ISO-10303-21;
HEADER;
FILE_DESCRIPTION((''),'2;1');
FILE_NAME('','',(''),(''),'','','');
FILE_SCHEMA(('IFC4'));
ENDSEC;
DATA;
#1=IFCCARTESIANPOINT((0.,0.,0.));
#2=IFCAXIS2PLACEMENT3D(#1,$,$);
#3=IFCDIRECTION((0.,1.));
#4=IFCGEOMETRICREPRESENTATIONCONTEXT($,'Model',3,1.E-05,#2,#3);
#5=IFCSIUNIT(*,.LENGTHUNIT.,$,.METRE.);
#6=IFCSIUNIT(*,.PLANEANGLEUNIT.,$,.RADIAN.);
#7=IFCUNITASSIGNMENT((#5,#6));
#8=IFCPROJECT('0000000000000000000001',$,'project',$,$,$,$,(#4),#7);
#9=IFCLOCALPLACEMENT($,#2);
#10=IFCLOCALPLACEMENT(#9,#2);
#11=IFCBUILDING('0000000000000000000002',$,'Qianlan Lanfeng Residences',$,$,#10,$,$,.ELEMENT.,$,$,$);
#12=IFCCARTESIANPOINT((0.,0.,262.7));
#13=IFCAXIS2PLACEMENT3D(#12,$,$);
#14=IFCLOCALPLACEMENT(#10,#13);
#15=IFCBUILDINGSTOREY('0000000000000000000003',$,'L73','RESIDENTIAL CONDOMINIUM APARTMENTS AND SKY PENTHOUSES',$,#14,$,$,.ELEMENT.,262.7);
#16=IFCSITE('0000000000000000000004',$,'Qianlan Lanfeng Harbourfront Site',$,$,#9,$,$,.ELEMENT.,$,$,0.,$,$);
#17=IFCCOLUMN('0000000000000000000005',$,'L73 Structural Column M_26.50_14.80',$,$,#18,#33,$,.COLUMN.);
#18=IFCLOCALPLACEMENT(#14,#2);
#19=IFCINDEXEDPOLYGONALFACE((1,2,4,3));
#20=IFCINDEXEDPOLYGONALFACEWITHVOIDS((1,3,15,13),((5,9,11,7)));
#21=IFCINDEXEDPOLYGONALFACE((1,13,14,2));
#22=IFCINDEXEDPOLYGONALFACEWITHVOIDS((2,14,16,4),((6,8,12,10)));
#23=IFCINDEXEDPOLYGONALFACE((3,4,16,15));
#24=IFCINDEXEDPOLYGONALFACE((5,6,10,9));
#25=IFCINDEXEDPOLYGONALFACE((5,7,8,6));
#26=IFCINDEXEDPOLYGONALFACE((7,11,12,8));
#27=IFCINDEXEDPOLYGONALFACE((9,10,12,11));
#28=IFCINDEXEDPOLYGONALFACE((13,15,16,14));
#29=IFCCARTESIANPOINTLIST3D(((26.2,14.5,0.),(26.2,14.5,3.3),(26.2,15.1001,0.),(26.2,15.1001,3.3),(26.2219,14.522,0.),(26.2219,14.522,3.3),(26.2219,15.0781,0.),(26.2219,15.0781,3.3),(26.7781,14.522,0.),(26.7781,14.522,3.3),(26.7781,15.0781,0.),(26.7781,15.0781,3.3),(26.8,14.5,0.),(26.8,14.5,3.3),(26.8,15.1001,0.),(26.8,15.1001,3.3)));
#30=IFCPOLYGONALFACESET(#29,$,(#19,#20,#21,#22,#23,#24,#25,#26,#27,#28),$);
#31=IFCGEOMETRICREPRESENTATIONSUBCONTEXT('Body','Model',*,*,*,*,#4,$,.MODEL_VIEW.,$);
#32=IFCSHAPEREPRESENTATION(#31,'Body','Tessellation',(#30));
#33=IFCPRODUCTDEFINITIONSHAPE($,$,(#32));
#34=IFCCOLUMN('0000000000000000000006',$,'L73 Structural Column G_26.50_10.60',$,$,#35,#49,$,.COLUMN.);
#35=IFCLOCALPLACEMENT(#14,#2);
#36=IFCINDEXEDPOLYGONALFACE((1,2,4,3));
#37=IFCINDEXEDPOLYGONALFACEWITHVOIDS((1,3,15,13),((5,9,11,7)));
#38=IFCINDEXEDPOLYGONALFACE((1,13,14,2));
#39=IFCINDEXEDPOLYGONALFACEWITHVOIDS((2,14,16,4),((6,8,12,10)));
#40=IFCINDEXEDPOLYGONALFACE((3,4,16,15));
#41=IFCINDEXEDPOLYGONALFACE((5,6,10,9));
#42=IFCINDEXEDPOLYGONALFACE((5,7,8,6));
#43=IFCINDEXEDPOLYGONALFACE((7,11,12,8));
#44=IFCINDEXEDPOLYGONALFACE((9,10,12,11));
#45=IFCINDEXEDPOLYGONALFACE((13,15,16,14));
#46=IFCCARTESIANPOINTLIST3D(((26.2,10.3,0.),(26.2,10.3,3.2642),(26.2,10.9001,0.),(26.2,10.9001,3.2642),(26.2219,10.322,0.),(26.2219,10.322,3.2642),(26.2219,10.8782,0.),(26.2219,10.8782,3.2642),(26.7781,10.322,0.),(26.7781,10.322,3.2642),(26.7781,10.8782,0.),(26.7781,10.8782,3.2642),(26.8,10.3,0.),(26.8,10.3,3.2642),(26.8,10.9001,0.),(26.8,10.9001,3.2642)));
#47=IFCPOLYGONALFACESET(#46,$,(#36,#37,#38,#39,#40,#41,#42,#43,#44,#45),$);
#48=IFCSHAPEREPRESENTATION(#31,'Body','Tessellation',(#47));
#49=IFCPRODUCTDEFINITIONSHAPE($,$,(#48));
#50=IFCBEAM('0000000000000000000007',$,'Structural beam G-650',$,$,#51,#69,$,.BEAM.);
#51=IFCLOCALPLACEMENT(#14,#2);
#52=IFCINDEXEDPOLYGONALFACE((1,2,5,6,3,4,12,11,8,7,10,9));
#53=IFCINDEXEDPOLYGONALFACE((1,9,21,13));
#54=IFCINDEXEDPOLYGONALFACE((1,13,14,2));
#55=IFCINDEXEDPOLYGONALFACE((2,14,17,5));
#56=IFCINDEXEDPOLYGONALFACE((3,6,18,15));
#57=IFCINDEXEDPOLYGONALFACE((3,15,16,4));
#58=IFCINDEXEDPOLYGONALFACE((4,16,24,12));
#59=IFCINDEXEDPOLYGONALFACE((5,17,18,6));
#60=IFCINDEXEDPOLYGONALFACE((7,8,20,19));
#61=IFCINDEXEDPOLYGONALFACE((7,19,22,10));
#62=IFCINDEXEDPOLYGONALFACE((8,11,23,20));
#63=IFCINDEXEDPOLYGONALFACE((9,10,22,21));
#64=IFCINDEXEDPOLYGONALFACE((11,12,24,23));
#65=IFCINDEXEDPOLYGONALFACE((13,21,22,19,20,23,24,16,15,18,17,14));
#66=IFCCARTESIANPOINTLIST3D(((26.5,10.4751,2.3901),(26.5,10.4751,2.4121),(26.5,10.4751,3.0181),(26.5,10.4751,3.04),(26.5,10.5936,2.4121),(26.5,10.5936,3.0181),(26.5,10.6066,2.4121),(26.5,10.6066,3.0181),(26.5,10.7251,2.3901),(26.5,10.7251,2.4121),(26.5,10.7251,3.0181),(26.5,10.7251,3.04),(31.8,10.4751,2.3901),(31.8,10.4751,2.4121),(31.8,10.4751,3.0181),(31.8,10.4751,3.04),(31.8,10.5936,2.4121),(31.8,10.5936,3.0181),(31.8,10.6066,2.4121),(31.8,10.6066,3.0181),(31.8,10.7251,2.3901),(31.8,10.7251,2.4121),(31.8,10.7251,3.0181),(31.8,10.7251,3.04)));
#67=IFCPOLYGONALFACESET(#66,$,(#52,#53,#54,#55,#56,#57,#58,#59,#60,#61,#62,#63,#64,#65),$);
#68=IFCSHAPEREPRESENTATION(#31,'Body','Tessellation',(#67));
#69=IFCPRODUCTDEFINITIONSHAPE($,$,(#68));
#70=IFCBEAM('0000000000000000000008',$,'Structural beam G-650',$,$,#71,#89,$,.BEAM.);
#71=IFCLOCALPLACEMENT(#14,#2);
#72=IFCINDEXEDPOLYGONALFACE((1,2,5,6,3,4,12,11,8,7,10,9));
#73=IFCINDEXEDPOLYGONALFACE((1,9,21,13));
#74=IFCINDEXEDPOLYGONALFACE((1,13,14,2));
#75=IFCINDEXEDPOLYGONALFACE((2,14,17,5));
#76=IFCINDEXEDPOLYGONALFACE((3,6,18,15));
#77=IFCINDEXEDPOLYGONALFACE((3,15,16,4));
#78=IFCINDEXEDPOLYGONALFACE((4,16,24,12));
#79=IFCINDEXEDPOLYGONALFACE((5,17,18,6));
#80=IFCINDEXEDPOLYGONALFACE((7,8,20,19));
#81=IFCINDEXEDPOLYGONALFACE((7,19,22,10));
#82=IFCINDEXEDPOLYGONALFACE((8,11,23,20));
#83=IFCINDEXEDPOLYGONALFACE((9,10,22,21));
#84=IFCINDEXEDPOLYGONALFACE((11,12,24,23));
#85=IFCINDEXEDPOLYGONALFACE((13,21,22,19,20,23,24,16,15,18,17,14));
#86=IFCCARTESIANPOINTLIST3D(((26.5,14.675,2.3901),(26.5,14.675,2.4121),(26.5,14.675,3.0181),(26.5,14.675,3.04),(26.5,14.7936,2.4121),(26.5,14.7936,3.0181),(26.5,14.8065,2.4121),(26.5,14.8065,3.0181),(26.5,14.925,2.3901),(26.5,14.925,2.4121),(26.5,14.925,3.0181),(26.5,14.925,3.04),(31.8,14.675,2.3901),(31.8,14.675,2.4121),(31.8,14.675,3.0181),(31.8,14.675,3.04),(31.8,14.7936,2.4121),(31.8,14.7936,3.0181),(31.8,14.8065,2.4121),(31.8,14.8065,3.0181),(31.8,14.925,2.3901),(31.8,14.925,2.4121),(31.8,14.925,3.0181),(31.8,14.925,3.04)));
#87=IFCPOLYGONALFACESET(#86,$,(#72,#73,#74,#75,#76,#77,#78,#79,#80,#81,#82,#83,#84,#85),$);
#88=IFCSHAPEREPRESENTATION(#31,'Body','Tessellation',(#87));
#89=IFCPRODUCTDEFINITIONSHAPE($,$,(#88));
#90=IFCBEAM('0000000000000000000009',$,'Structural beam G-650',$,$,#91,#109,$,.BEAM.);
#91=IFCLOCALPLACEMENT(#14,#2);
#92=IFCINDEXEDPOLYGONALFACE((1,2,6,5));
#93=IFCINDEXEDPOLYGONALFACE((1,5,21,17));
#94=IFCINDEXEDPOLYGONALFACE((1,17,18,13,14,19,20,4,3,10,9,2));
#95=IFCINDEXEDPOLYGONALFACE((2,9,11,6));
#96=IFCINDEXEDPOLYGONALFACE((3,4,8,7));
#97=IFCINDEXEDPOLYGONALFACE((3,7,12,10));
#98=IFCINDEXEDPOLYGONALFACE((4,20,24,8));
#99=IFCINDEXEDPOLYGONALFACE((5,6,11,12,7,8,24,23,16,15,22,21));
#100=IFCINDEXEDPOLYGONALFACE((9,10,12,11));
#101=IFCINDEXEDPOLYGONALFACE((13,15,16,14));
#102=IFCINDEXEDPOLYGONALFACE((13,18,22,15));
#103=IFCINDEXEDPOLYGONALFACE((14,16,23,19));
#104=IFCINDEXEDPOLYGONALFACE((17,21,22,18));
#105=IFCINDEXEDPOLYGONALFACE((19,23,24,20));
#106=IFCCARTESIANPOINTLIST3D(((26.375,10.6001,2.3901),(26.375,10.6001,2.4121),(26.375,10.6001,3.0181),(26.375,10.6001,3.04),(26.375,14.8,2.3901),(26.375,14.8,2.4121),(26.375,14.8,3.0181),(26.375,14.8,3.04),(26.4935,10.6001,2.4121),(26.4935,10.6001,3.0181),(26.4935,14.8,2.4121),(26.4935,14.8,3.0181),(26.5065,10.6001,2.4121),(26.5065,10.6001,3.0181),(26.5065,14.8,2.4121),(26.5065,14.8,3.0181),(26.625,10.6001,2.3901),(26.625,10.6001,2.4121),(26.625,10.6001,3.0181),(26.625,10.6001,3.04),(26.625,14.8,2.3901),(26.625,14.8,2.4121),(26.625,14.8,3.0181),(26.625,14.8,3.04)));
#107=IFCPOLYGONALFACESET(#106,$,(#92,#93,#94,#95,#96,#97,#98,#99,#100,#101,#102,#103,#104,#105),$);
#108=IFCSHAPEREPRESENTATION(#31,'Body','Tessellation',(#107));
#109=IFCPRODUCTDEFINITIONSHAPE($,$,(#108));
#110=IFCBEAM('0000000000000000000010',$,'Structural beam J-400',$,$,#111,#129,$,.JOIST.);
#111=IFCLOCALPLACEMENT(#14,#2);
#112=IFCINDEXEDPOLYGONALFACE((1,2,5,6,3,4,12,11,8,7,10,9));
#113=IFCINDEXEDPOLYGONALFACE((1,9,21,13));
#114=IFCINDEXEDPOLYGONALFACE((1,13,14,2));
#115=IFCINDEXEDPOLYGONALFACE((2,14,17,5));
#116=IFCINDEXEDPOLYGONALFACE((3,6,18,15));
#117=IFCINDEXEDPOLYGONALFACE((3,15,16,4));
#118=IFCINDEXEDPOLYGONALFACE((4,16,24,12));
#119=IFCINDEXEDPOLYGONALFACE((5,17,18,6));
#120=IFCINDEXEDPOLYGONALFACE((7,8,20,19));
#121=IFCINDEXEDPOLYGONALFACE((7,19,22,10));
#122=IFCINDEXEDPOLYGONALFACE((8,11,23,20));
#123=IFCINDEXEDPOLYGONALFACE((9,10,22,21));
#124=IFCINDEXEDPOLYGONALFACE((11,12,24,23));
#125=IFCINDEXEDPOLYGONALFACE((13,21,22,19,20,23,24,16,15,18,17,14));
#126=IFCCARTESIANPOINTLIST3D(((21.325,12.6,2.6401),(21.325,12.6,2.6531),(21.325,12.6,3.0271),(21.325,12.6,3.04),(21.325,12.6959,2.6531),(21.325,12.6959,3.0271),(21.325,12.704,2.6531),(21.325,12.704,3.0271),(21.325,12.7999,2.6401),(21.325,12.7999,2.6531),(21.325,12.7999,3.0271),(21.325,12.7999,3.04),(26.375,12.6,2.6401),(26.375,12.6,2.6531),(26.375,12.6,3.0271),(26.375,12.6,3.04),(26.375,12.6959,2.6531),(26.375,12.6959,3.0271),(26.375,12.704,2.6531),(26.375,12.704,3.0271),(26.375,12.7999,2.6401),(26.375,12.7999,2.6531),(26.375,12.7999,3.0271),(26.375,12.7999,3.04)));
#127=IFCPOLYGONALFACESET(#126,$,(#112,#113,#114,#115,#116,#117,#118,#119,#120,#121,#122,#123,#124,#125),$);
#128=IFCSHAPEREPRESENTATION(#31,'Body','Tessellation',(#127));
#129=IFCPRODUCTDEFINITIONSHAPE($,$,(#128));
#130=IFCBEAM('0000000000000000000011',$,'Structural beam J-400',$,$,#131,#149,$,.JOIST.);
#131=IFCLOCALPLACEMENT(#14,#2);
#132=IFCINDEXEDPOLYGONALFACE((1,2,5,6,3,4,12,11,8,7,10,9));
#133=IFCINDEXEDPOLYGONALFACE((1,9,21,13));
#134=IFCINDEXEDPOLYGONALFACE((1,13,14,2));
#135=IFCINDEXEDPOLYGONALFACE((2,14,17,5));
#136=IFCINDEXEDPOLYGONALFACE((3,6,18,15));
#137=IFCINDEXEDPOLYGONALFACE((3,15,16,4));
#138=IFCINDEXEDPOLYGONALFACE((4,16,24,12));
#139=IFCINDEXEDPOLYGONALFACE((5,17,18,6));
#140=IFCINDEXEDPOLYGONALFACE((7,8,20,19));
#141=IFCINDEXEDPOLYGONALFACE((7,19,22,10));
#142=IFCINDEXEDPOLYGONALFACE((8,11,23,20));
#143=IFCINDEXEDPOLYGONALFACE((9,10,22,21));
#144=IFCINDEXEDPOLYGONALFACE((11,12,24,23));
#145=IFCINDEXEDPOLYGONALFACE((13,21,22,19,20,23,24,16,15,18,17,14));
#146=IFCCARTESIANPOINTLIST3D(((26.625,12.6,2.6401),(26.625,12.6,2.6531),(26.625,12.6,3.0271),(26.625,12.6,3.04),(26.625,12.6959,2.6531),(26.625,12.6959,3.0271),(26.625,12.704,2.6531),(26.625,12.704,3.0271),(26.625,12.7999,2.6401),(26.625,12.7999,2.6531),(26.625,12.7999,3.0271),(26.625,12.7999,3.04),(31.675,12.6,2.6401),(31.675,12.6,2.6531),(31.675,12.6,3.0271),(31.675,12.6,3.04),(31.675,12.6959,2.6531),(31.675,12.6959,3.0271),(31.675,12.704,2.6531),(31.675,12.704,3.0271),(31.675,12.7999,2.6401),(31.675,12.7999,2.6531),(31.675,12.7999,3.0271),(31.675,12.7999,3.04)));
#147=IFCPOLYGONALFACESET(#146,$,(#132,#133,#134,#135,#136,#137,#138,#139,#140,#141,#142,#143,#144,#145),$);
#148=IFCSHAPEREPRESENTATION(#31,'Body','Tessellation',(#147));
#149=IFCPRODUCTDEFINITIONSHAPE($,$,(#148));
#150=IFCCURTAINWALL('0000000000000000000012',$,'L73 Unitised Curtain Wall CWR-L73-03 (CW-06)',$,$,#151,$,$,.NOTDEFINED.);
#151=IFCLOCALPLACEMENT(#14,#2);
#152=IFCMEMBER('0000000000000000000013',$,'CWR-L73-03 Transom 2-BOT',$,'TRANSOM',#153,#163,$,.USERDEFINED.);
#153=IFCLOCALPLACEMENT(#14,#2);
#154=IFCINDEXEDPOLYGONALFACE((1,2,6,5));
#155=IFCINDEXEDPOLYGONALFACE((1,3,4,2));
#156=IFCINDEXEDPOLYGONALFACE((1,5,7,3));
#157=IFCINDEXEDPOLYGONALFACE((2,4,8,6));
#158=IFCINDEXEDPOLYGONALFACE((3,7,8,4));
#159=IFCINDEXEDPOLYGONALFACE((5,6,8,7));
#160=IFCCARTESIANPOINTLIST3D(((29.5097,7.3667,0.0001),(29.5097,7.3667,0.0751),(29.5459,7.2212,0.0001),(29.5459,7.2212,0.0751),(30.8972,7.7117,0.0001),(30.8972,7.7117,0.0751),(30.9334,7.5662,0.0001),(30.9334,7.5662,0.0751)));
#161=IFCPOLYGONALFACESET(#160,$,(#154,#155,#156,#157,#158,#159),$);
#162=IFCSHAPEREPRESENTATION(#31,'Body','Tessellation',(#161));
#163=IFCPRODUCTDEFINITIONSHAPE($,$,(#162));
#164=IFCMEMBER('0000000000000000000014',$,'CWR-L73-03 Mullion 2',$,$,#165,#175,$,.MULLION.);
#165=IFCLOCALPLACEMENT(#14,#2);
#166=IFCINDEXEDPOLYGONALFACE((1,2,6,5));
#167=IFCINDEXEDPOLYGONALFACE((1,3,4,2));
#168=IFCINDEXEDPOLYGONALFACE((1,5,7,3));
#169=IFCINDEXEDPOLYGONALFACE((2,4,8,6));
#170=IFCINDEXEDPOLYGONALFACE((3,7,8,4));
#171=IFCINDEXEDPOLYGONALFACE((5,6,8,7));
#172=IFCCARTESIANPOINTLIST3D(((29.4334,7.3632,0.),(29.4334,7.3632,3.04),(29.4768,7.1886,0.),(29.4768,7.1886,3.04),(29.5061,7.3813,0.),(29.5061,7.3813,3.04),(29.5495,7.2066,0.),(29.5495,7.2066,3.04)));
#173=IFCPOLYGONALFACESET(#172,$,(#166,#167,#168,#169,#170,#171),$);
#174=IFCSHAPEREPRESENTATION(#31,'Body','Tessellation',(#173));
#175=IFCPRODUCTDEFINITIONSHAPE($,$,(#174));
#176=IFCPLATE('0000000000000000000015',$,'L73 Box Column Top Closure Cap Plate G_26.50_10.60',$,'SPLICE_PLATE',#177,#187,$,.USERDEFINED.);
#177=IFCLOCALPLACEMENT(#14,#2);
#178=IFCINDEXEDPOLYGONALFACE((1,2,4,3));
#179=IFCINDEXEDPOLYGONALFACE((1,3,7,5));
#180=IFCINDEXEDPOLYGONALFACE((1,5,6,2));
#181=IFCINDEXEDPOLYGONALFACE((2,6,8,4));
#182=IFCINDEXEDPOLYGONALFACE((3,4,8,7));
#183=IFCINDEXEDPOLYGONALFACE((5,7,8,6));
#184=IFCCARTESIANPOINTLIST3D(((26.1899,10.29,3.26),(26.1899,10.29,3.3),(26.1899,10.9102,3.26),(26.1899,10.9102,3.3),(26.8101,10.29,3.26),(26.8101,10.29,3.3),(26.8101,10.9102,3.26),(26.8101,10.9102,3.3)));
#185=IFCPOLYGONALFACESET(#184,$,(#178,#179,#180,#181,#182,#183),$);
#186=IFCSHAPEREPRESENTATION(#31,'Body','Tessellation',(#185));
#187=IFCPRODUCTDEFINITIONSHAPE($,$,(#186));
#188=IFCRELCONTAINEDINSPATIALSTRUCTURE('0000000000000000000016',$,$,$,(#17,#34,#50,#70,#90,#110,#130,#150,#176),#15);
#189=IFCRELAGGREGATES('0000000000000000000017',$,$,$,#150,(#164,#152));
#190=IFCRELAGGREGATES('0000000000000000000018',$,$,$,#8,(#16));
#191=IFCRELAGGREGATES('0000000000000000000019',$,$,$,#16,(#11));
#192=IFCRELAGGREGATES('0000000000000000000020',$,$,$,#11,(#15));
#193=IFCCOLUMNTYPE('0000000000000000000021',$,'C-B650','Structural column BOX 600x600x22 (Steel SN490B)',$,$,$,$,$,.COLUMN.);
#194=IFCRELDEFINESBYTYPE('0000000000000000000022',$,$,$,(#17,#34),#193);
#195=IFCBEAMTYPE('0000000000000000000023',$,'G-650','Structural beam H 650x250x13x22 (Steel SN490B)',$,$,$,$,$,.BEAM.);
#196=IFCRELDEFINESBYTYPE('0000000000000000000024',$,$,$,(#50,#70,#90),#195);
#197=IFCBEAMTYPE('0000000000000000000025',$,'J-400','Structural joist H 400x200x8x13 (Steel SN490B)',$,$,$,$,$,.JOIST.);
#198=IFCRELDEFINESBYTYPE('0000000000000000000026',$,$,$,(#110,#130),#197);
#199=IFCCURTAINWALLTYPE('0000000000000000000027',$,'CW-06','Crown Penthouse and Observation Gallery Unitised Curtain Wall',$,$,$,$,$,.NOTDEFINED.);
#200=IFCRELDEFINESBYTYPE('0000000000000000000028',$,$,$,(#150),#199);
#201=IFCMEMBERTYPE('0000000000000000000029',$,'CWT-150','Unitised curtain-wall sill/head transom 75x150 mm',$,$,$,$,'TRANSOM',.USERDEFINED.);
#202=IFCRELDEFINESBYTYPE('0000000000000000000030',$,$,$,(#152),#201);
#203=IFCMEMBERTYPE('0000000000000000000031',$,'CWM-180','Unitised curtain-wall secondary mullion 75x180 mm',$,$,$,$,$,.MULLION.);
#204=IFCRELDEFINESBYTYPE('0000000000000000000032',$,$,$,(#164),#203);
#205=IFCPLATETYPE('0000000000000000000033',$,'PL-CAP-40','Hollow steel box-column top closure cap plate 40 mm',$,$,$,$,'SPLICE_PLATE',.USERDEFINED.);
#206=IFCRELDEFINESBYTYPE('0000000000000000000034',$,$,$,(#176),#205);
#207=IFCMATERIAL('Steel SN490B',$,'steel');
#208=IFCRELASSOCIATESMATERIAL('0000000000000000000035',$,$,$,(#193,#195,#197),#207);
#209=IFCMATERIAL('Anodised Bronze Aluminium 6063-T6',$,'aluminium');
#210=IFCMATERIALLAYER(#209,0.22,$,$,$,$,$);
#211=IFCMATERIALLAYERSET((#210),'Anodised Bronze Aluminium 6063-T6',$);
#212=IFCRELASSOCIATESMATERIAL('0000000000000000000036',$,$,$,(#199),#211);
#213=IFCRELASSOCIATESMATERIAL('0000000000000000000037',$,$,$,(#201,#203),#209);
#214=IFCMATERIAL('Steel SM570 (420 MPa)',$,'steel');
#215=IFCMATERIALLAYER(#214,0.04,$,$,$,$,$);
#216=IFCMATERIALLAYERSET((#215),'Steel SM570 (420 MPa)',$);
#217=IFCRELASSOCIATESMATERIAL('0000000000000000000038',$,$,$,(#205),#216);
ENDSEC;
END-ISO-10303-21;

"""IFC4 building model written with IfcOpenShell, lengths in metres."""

from ifc_helpers import new_model, si_unit, direction, frame, origin, origin_2d, place, context, subcontext, project, spatial, rectangle, hollow_rectangle, i_section, extrude, source, transform, mapped, material, layer, layer_set, material_profile, profile_set, type_object, element, aggregate, save


model = new_model("IFC4")

# Units and contexts
model_context = context("Model", 3, precision=1e-05, world=origin(), true_north=direction((0.0, 1.0)))
body_context = subcontext(model_context, "Body", "Model", "MODEL_VIEW")
ifc_project = project(units=[si_unit("LENGTHUNIT", "METRE"), si_unit("PLANEANGLEUNIT", "RADIAN")], contexts=[model_context])

# Site, building, storey
site_placement = place(None, origin())
site = spatial("IfcSite", under=ifc_project, at=site_placement, Name="Qianlan Lanfeng Harbourfront Site", CompositionType="ELEMENT", RefElevation=0.0)
building_placement = place(site_placement, origin())
building = spatial("IfcBuilding", under=site, at=building_placement, Name="Qianlan Lanfeng Residences", CompositionType="ELEMENT")
storey_placement = place(building_placement, frame((0.0, 0.0, 262.7)))
storey = spatial("IfcBuildingStorey", under=building, at=storey_placement, Name="L73", Description="RESIDENTIAL CONDOMINIUM APARTMENTS AND SKY PENTHOUSES", CompositionType="ELEMENT", Elevation=262.7)

# Columns
ifc_material_1 = material(Name="Steel SN490B", Category="steel")
ifc_material_profile_1 = material_profile(ifc_material_1, hollow_rectangle(XDim=0.6001, YDim=0.6001, WallThickness=0.022, at=origin_2d()), Name="BOX 600x600x22")
ifc_profile_set_1 = profile_set([ifc_material_profile_1], Name="Steel SN490B")
column_type = type_object("IfcColumnType", Name="C-B650", Description="Structural column BOX 600x600x22 (Steel SN490B)", PredefinedType="COLUMN", material=ifc_profile_set_1)
column_1_placement = place(storey_placement, frame((26.5, 14.8, 0.0), z_axis=(0.0, 0.0, 1.0), x_axis=(1.0, 0.0, 0.0)))
element("IfcColumn", 1, at=column_1_placement, inside=storey, type_object=column_type, Name="L73 Structural Column M_26.50_14.80", PredefinedType="COLUMN", context=body_context, shape_type="SweptSolid", body=[
    extrude(hollow_rectangle(XDim=0.6001, YDim=0.6001, WallThickness=0.022, at=origin_2d()), origin(), (0.0, 0.0, 1.0), 3.3),
])
column_2_placement = place(storey_placement, frame((26.5, 10.6001, 0.0), z_axis=(0.0, 0.0, 1.0), x_axis=(1.0, 0.0, 0.0)))
element("IfcColumn", 2, at=column_2_placement, inside=storey, type_object=column_type, Name="L73 Structural Column G_26.50_10.60", PredefinedType="COLUMN", context=body_context, shape_type="SweptSolid", body=[
    extrude(hollow_rectangle(XDim=0.6001, YDim=0.6001, WallThickness=0.022, at=origin_2d()), origin(), (0.0, 0.0, 1.0), 3.2642),
])

# Beams
ifc_material_profile_2 = material_profile(ifc_material_1, i_section(OverallWidth=0.25, OverallDepth=0.6499, WebThickness=0.0129, FlangeThickness=0.022, at=origin_2d()), Name="H 650x250x13x22")
ifc_profile_set_2 = profile_set([ifc_material_profile_2], Name="Steel SN490B")
beam_type_1 = type_object("IfcBeamType", Name="G-650", Description="Structural beam H 650x250x13x22 (Steel SN490B)", PredefinedType="BEAM", material=ifc_profile_set_2)
for number, where, z_axis, x_axis, name in (
    (3, (26.5, 10.6001, 2.7151), (1.0, 0.0, 0.0), (0.0, 1.0, 0.0), "Structural beam G-650"),
    (4, (26.5, 14.8, 2.7151), (1.0, 0.0, 0.0), (0.0, 1.0, 0.0), "Structural beam G-650"),
):
    element("IfcBeam", number, at=place(storey_placement, frame(where, z_axis=z_axis, x_axis=x_axis)), inside=storey, type_object=beam_type_1, Name=name, PredefinedType="BEAM", context=body_context, shape_type="SweptSolid", body=[
        extrude(i_section(OverallWidth=0.25, OverallDepth=0.6499, WebThickness=0.0129, FlangeThickness=0.022, at=origin_2d()), origin(), (0.0, 0.0, 1.0), 5.3),
    ])
beam_placement = place(storey_placement, frame((26.5, 10.6001, 2.7151), z_axis=(0.0, 1.0, 0.0), x_axis=(-1.0, 0.0, 0.0)))
element("IfcBeam", 5, at=beam_placement, inside=storey, type_object=beam_type_1, Name="Structural beam G-650", PredefinedType="BEAM", context=body_context, shape_type="SweptSolid", body=[
    extrude(i_section(OverallWidth=0.25, OverallDepth=0.6499, WebThickness=0.0129, FlangeThickness=0.022, at=origin_2d()), origin(), (0.0, 0.0, 1.0), 4.2),
])
ifc_material_profile_3 = material_profile(ifc_material_1, i_section(OverallWidth=0.2, OverallDepth=0.3999, WebThickness=0.0081, FlangeThickness=0.0129, at=origin_2d()), Name="H 400x200x8x13")
ifc_profile_set_3 = profile_set([ifc_material_profile_3], Name="Steel SN490B")
beam_type_2 = type_object("IfcBeamType", Name="J-400", Description="Structural joist H 400x200x8x13 (Steel SN490B)", PredefinedType="JOIST", material=ifc_profile_set_3)
for number, where, z_axis, x_axis, name in (
    (6, (21.325, 12.7, 2.8401), (1.0, 0.0, 0.0), (0.0, 1.0, 0.0), "Structural beam J-400"),
    (7, (26.625, 12.7, 2.8401), (1.0, 0.0, 0.0), (0.0, 1.0, 0.0), "Structural beam J-400"),
):
    element("IfcBeam", number, at=place(storey_placement, frame(where, z_axis=z_axis, x_axis=x_axis)), inside=storey, type_object=beam_type_2, Name=name, PredefinedType="JOIST", context=body_context, shape_type="SweptSolid", body=[
        extrude(i_section(OverallWidth=0.2, OverallDepth=0.3999, WebThickness=0.0081, FlangeThickness=0.0129, at=origin_2d()), origin(), (0.0, 0.0, 1.0), 5.05),
    ])

# Curtain wall, members
ifc_material_2 = material(Name="Anodised Bronze Aluminium 6063-T6", Category="aluminium")
ifc_layer_1 = layer(ifc_material_2, 0.22)
ifc_layer_set_1 = layer_set([ifc_layer_1], Name="Anodised Bronze Aluminium 6063-T6")
curtain_wall_type = type_object("IfcCurtainWallType", Name="CW-06", Description="Crown Penthouse and Observation Gallery Unitised Curtain Wall", PredefinedType="NOTDEFINED", material=ifc_layer_set_1)
curtain_wall_placement = place(storey_placement, origin())
curtain_wall = element("IfcCurtainWall", 8, at=curtain_wall_placement, inside=storey, type_object=curtain_wall_type, Name="L73 Unitised Curtain Wall CWR-L73-03 (CW-06)", PredefinedType="NOTDEFINED")
ifc_material_profile_4 = material_profile(ifc_material_2, rectangle(XDim=0.075, YDim=0.1499, at=origin_2d()), Name="ALU TRANSOM 75x150")
ifc_profile_set_4 = profile_set([ifc_material_profile_4], Name="Anodised Bronze Aluminium 6063-T6")
member_type_1 = type_object("IfcMemberType", Name="CWT-150", Description="Unitised curtain-wall sill/head transom 75x150 mm", ElementType="TRANSOM", PredefinedType="USERDEFINED", material=ifc_profile_set_4)
shared_shape_1 = source(origin(), body_context, "Body", "SweptSolid", [
    extrude(rectangle(XDim=0.075, YDim=0.1499, at=origin_2d()), origin(), (0.0, 0.0, 1.0), 1.4297),
])
member_1_placement = place(storey_placement, frame((29.5278, 7.2939, 0.0376), z_axis=(0.970453, 0.24129, 0.0), x_axis=(0.0, 0.0, 1.0)))
member_1 = element("IfcMember", 9, at=member_1_placement, type_object=member_type_1, Name="CWR-L73-03 Transom 2-BOT", ObjectType="TRANSOM", PredefinedType="USERDEFINED", context=body_context, shape_type="MappedRepresentation", body=[
    mapped(shared_shape_1, transform((0.0, 0.0, 0.0), scale=1.0)),
])
ifc_material_profile_5 = material_profile(ifc_material_2, rectangle(XDim=0.075, YDim=0.1799, at=origin_2d()), Name="ALU MULLION 75x180")
ifc_profile_set_5 = profile_set([ifc_material_profile_5], Name="Anodised Bronze Aluminium 6063-T6")
member_type_2 = type_object("IfcMemberType", Name="CWM-180", Description="Unitised curtain-wall secondary mullion 75x180 mm", PredefinedType="MULLION", material=ifc_profile_set_5)
shared_shape_2 = source(origin(), body_context, "Body", "SweptSolid", [
    extrude(rectangle(XDim=0.075, YDim=0.1799, at=origin_2d()), origin(), (0.0, 0.0, 1.0), 3.04),
])
member_2_placement = place(storey_placement, frame((29.4915, 7.2849, 0.0), z_axis=(0.0, 0.0, 1.0), x_axis=(0.970466, 0.241238, 0.0)))
member_2 = element("IfcMember", 10, at=member_2_placement, type_object=member_type_2, Name="CWR-L73-03 Mullion 2", PredefinedType="MULLION", context=body_context, shape_type="MappedRepresentation", body=[
    mapped(shared_shape_2, transform((0.0, 0.0, 0.0), scale=1.0)),
])

# Plate
ifc_material_3 = material(Name="Steel SM570 (420 MPa)", Category="steel")
ifc_layer_2 = layer(ifc_material_3, 0.04)
ifc_layer_set_2 = layer_set([ifc_layer_2], Name="Steel SM570 (420 MPa)")
plate_type_1 = type_object("IfcPlateType", Name="PL-CAP-40", Description="Hollow steel box-column top closure cap plate 40 mm", ElementType="SPLICE_PLATE", PredefinedType="USERDEFINED", material=ifc_layer_set_2)
shared_shape_3 = source(origin(), body_context, "Body", "SweptSolid", [
    extrude(rectangle(XDim=0.6201, YDim=0.6201, at=origin_2d()), origin(), (0.0, 0.0, 1.0), 0.04),
])
plate_1_placement = place(storey_placement, frame((26.5, 10.6001, 3.26), z_axis=(0.0, 0.0, 1.0), x_axis=(1.0, 0.0, 0.0)))
element("IfcPlate", 11, at=plate_1_placement, inside=storey, type_object=plate_type_1, Name="L73 Box Column Top Closure Cap Plate G_26.50_10.60", ObjectType="SPLICE_PLATE", PredefinedType="USERDEFINED", context=body_context, shape_type="MappedRepresentation", body=[
    mapped(shared_shape_3, transform((0.0, 0.0, 0.0), scale=1.0)),
])
aggregate(curtain_wall, [member_2, member_1])

save(model, "model.ifc")
